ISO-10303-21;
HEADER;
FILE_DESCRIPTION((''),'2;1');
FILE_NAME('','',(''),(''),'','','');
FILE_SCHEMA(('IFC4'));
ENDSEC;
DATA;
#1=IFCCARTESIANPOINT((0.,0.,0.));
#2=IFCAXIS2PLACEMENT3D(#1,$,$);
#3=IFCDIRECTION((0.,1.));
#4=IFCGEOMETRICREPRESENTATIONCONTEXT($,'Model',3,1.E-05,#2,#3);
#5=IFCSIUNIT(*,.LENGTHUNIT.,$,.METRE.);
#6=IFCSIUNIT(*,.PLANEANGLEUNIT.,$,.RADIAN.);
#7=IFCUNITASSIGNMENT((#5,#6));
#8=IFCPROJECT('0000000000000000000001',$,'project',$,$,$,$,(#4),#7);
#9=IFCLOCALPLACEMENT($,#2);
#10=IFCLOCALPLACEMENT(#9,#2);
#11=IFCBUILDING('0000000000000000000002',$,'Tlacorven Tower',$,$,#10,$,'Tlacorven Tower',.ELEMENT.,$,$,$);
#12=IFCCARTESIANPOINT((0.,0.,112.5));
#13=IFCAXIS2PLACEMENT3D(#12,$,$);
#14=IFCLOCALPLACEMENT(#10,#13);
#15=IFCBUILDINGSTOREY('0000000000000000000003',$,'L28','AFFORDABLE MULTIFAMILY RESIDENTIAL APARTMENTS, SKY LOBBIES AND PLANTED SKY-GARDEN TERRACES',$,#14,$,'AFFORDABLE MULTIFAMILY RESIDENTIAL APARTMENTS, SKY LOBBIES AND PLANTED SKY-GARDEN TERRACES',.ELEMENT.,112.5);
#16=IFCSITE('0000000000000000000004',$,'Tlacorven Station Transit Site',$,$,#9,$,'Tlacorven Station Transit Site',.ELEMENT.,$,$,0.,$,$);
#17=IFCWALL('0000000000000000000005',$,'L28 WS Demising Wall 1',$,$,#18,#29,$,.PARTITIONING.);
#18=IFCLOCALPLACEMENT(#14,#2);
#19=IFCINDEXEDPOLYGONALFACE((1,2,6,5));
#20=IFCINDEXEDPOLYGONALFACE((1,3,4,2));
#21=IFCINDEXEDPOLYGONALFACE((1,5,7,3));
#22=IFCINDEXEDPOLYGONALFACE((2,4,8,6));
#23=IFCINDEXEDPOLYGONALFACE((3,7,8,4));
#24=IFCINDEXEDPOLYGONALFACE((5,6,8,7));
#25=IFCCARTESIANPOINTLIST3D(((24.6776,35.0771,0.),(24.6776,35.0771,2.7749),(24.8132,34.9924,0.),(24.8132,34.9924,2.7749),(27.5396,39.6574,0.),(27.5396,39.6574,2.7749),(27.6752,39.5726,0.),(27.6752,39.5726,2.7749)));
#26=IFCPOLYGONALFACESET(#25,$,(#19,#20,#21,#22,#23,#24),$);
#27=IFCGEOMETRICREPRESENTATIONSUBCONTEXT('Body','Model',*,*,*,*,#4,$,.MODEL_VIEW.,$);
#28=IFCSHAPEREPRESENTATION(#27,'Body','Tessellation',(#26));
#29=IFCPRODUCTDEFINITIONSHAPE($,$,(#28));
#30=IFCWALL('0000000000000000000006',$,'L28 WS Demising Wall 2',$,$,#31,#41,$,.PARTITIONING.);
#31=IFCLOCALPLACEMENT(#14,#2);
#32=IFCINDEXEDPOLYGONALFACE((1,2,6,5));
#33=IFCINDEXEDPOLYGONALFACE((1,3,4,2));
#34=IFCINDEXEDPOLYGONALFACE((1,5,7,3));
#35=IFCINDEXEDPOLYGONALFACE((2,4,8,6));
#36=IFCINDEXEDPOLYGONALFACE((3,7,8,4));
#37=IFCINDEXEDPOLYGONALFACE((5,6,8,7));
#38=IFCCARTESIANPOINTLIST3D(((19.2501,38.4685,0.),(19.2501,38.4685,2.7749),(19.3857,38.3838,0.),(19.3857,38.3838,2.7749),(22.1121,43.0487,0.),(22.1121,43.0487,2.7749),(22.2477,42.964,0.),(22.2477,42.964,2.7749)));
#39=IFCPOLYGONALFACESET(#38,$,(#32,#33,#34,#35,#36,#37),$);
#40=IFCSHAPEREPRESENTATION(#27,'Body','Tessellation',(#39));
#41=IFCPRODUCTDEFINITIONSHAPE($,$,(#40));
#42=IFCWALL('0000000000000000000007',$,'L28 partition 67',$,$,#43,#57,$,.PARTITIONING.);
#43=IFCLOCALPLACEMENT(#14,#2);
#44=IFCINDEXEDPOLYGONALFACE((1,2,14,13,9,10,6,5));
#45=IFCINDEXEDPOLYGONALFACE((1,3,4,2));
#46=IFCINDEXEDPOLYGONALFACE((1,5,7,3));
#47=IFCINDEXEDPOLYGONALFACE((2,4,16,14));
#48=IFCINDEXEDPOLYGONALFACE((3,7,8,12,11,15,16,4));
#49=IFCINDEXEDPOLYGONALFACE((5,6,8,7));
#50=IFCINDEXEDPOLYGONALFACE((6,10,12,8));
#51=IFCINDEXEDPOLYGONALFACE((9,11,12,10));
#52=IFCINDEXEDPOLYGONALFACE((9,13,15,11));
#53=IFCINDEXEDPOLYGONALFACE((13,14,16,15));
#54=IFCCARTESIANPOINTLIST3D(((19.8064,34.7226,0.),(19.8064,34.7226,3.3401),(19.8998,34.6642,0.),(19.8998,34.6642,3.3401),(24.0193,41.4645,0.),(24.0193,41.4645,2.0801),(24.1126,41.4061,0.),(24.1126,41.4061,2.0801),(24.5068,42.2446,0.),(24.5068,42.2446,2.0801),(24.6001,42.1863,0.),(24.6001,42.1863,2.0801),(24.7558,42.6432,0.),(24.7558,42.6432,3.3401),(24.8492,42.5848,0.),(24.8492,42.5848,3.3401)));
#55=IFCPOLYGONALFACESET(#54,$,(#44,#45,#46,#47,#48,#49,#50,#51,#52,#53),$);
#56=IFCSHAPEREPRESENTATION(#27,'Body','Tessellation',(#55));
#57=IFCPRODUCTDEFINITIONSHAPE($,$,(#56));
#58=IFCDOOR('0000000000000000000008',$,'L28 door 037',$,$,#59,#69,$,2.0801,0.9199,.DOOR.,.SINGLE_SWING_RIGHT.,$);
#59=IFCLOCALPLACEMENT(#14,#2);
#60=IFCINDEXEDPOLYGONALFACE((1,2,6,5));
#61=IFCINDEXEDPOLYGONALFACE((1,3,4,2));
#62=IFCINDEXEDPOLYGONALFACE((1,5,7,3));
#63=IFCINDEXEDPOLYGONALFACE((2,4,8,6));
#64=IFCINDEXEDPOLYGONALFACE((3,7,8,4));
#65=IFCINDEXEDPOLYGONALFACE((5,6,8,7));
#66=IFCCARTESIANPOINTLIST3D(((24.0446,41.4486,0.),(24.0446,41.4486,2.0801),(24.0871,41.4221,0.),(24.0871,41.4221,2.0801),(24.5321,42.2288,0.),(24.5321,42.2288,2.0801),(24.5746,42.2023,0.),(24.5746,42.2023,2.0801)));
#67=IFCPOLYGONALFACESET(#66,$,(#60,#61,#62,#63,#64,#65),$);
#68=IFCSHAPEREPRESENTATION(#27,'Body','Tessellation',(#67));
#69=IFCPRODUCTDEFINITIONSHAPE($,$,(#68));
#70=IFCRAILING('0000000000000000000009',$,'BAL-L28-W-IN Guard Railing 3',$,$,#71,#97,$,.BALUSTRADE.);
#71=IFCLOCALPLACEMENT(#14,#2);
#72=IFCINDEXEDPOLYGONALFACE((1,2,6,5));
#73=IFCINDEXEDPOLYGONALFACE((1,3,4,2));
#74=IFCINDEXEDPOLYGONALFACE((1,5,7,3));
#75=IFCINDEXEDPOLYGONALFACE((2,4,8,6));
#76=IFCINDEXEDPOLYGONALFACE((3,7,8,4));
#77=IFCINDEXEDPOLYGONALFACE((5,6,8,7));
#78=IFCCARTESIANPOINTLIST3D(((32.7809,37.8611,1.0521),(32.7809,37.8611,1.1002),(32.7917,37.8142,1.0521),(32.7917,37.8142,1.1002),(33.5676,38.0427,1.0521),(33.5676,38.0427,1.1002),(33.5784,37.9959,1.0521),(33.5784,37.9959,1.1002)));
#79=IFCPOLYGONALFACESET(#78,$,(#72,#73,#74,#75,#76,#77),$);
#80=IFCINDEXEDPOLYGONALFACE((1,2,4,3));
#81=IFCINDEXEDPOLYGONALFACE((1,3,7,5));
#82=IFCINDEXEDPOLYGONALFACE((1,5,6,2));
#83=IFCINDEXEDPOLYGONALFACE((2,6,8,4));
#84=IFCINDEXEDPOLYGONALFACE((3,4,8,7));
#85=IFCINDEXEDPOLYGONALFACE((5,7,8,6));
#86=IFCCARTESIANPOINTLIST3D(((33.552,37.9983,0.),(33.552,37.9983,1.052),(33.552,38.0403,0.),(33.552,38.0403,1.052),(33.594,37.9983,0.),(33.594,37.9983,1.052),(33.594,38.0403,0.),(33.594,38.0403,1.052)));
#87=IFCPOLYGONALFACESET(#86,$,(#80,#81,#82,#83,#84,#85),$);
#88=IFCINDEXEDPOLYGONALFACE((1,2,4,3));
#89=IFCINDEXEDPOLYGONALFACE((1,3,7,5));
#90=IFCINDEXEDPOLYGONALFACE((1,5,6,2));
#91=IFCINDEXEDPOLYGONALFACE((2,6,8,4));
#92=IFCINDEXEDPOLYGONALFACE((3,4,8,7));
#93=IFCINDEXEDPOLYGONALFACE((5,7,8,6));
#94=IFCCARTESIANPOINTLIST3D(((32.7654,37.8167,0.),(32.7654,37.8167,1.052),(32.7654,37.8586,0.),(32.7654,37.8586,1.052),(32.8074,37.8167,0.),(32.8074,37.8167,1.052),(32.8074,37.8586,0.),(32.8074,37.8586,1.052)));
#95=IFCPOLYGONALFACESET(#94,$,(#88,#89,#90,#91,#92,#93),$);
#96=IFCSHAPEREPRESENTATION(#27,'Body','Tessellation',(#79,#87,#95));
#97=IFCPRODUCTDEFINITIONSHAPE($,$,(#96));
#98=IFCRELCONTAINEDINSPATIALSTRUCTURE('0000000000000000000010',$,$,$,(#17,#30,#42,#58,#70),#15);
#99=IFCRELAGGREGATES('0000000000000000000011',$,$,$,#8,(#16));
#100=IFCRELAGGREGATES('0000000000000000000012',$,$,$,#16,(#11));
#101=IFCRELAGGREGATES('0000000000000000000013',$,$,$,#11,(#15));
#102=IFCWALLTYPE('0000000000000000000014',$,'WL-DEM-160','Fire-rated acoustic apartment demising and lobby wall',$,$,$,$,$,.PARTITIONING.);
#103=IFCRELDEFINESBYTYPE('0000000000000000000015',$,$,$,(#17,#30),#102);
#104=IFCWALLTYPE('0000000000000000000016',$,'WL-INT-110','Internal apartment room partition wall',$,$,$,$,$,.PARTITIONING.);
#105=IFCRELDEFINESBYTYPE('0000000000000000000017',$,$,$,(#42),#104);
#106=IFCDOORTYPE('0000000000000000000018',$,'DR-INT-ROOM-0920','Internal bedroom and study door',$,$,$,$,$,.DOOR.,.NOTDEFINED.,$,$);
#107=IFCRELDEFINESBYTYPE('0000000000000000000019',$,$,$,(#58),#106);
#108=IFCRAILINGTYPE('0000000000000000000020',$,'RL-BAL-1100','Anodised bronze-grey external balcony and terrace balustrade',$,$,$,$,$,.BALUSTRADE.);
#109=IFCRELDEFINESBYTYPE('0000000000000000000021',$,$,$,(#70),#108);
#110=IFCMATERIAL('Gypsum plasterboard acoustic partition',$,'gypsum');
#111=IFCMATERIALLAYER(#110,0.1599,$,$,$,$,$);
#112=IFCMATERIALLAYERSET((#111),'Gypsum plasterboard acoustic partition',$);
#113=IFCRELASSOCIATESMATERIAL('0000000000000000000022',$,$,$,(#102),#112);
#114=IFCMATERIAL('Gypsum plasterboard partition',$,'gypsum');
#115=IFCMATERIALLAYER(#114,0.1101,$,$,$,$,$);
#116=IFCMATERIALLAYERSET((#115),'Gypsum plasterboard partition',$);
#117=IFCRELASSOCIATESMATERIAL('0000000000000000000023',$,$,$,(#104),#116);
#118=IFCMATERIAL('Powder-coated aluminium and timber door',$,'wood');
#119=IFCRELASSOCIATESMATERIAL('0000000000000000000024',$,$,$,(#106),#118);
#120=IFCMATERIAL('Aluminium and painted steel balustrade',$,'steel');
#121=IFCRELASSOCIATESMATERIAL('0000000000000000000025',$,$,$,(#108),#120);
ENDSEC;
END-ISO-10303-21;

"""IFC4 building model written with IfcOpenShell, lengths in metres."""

from ifc_helpers import new_model, si_unit, direction, frame, frame_2d, origin, origin_2d, place, context, subcontext, project, spatial, rectangle, extrude, source, transform, mapped, material, layer, layer_set, type_object, element, fill, save


model = new_model("IFC4")

# Units and contexts
model_context = context("Model", 3, precision=1e-05, world=origin(), true_north=direction((0.0, 1.0)))
body_context = subcontext(model_context, "Body", "Model", "MODEL_VIEW")
ifc_project = project(units=[si_unit("LENGTHUNIT", "METRE"), si_unit("PLANEANGLEUNIT", "RADIAN")], contexts=[model_context])

# Site, building, storey
site_placement = place(None, origin())
site = spatial("IfcSite", under=ifc_project, at=site_placement, Name="Tlacorven Station Transit Site", LongName="Tlacorven Station Transit Site", CompositionType="ELEMENT", RefElevation=0.0)
building_placement = place(site_placement, origin())
building = spatial("IfcBuilding", under=site, at=building_placement, Name="Tlacorven Tower", LongName="Tlacorven Tower", CompositionType="ELEMENT")
storey_placement = place(building_placement, frame((0.0, 0.0, 112.5)))
storey = spatial("IfcBuildingStorey", under=building, at=storey_placement, Name="L28", Description="AFFORDABLE MULTIFAMILY RESIDENTIAL APARTMENTS, SKY LOBBIES AND PLANTED SKY-GARDEN TERRACES", LongName="AFFORDABLE MULTIFAMILY RESIDENTIAL APARTMENTS, SKY LOBBIES AND PLANTED SKY-GARDEN TERRACES", CompositionType="ELEMENT", Elevation=112.5)

# Walls
ifc_material_1 = material(Name="Gypsum plasterboard acoustic partition", Category="gypsum")
ifc_layer_1 = layer(ifc_material_1, 0.1599)
ifc_layer_set_1 = layer_set([ifc_layer_1], Name="Gypsum plasterboard acoustic partition")
wall_type_1 = type_object("IfcWallType", Name="WL-DEM-160", Description="Fire-rated acoustic apartment demising and lobby wall", PredefinedType="PARTITIONING", material=ifc_layer_set_1)
for number, where, z_axis, x_axis, name in (
    (1, (27.6074, 39.615, 0.0), (0.0, 0.0, 1.0), (-0.529914, -0.848052, 0.0), "L28 WS Demising Wall 1"),
    (2, (22.1799, 43.0063, 0.0), (0.0, 0.0, 1.0), (-0.529914, -0.848052, 0.0), "L28 WS Demising Wall 2"),
):
    element("IfcWall", number, at=place(storey_placement, frame(where, z_axis=z_axis, x_axis=x_axis)), inside=storey, type_object=wall_type_1, Name=name, PredefinedType="PARTITIONING", context=body_context, shape_type="SweptSolid", body=[
        extrude(rectangle(XDim=5.4009, YDim=0.1599, at=frame_2d((2.7004, 0.0))), origin(), (0.0, 0.0, 1.0), 2.7749),
    ])

# Wall, opening, door
ifc_material_2 = material(Name="Gypsum plasterboard partition", Category="gypsum")
ifc_layer_2 = layer(ifc_material_2, 0.1101)
ifc_layer_set_2 = layer_set([ifc_layer_2], Name="Gypsum plasterboard partition")
wall_type_2 = type_object("IfcWallType", Name="WL-INT-110", Description="Internal apartment room partition wall", PredefinedType="PARTITIONING", material=ifc_layer_set_2)
wall_1_placement = place(storey_placement, frame((24.8025, 42.614, 0.0), z_axis=(0.0, 0.0, 1.0), x_axis=(-0.529926, -0.848044, 0.0)))
wall_1 = element("IfcWall", 3, at=wall_1_placement, inside=storey, type_object=wall_type_2, Name="L28 partition 67", PredefinedType="PARTITIONING", context=body_context, shape_type="SweptSolid", body=[
    extrude(rectangle(XDim=9.3398, YDim=0.1101, at=frame_2d((4.6699, 0.0))), origin(), (0.0, 0.0, 1.0), 3.3401),
])
opening_placement = place(wall_1_placement, frame((0.47, 0.0, 0.0)))
opening = element("IfcOpeningElement", 4, at=opening_placement, cuts=wall_1, PredefinedType="OPENING", context=body_context, shape_type="SweptSolid", body=[
    extrude(rectangle(XDim=0.9199, YDim=2.0801, at=frame_2d((0.46, 1.04))), frame((0.0, 0.0649, 0.0), z_axis=(0.0, -1.0, 0.0), x_axis=(1.0, 0.0, 0.0)), (0.0, 0.0, 1.0), 0.1301),
])
ifc_material_3 = material(Name="Powder-coated aluminium and timber door", Category="wood")
door_type = type_object("IfcDoorType", Name="DR-INT-ROOM-0920", Description="Internal bedroom and study door", OperationType="NOTDEFINED", PredefinedType="DOOR", material=ifc_material_3)
shared_shape_1 = source(origin(), body_context, "Body", "SweptSolid", [
    extrude(rectangle(XDim=0.9199, YDim=2.0801, at=frame_2d((0.46, 1.04))), frame((0.0, 0.0249, 0.0), z_axis=(0.0, -1.0, 0.0), x_axis=(1.0, 0.0, 0.0)), (0.0, 0.0, 1.0), 0.05),
])
door_placement = place(opening_placement, origin())
door = element("IfcDoor", 5, at=door_placement, inside=storey, type_object=door_type, Name="L28 door 037", OperationType="SINGLE_SWING_RIGHT", OverallHeight=2.0801, OverallWidth=0.9199, PredefinedType="DOOR", context=body_context, shape_type="MappedRepresentation", body=[
    mapped(shared_shape_1, transform((0.0, 0.0, 0.0), scale=1.0)),
])
fill(opening, door)

# Railing
ifc_material_4 = material(Name="Aluminium and painted steel balustrade", Category="steel")
railing_type = type_object("IfcRailingType", Name="RL-BAL-1100", Description="Anodised bronze-grey external balcony and terrace balustrade", PredefinedType="BALUSTRADE", material=ifc_material_4)
shared_shape_2 = source(origin(), body_context, "Body", "SweptSolid", [
    extrude(rectangle(XDim=0.0481, YDim=0.0481, at=origin_2d()), frame((0.0, 0.0, 1.0762), z_axis=(-0.974361, -0.224992, 0.0), x_axis=(0.224992, -0.974361, 0.0)), (0.0, 0.0, 1.0), 0.8074),
    extrude(rectangle(XDim=0.042, YDim=0.042, at=origin_2d()), origin(), (0.0, 0.0, 1.0), 1.052),
    extrude(rectangle(XDim=0.042, YDim=0.042, at=origin_2d()), frame((-0.7866, -0.1816, 0.0)), (0.0, 0.0, 1.0), 1.052),
])
railing_1_placement = place(storey_placement, frame((33.573, 38.0193, 0.0)))
element("IfcRailing", 6, at=railing_1_placement, inside=storey, type_object=railing_type, Name="BAL-L28-W-IN Guard Railing 3", PredefinedType="BALUSTRADE", context=body_context, shape_type="MappedRepresentation", body=[
    mapped(shared_shape_2, transform((0.0, 0.0, 0.0), scale=1.0)),
])

save(model, "model.ifc")
